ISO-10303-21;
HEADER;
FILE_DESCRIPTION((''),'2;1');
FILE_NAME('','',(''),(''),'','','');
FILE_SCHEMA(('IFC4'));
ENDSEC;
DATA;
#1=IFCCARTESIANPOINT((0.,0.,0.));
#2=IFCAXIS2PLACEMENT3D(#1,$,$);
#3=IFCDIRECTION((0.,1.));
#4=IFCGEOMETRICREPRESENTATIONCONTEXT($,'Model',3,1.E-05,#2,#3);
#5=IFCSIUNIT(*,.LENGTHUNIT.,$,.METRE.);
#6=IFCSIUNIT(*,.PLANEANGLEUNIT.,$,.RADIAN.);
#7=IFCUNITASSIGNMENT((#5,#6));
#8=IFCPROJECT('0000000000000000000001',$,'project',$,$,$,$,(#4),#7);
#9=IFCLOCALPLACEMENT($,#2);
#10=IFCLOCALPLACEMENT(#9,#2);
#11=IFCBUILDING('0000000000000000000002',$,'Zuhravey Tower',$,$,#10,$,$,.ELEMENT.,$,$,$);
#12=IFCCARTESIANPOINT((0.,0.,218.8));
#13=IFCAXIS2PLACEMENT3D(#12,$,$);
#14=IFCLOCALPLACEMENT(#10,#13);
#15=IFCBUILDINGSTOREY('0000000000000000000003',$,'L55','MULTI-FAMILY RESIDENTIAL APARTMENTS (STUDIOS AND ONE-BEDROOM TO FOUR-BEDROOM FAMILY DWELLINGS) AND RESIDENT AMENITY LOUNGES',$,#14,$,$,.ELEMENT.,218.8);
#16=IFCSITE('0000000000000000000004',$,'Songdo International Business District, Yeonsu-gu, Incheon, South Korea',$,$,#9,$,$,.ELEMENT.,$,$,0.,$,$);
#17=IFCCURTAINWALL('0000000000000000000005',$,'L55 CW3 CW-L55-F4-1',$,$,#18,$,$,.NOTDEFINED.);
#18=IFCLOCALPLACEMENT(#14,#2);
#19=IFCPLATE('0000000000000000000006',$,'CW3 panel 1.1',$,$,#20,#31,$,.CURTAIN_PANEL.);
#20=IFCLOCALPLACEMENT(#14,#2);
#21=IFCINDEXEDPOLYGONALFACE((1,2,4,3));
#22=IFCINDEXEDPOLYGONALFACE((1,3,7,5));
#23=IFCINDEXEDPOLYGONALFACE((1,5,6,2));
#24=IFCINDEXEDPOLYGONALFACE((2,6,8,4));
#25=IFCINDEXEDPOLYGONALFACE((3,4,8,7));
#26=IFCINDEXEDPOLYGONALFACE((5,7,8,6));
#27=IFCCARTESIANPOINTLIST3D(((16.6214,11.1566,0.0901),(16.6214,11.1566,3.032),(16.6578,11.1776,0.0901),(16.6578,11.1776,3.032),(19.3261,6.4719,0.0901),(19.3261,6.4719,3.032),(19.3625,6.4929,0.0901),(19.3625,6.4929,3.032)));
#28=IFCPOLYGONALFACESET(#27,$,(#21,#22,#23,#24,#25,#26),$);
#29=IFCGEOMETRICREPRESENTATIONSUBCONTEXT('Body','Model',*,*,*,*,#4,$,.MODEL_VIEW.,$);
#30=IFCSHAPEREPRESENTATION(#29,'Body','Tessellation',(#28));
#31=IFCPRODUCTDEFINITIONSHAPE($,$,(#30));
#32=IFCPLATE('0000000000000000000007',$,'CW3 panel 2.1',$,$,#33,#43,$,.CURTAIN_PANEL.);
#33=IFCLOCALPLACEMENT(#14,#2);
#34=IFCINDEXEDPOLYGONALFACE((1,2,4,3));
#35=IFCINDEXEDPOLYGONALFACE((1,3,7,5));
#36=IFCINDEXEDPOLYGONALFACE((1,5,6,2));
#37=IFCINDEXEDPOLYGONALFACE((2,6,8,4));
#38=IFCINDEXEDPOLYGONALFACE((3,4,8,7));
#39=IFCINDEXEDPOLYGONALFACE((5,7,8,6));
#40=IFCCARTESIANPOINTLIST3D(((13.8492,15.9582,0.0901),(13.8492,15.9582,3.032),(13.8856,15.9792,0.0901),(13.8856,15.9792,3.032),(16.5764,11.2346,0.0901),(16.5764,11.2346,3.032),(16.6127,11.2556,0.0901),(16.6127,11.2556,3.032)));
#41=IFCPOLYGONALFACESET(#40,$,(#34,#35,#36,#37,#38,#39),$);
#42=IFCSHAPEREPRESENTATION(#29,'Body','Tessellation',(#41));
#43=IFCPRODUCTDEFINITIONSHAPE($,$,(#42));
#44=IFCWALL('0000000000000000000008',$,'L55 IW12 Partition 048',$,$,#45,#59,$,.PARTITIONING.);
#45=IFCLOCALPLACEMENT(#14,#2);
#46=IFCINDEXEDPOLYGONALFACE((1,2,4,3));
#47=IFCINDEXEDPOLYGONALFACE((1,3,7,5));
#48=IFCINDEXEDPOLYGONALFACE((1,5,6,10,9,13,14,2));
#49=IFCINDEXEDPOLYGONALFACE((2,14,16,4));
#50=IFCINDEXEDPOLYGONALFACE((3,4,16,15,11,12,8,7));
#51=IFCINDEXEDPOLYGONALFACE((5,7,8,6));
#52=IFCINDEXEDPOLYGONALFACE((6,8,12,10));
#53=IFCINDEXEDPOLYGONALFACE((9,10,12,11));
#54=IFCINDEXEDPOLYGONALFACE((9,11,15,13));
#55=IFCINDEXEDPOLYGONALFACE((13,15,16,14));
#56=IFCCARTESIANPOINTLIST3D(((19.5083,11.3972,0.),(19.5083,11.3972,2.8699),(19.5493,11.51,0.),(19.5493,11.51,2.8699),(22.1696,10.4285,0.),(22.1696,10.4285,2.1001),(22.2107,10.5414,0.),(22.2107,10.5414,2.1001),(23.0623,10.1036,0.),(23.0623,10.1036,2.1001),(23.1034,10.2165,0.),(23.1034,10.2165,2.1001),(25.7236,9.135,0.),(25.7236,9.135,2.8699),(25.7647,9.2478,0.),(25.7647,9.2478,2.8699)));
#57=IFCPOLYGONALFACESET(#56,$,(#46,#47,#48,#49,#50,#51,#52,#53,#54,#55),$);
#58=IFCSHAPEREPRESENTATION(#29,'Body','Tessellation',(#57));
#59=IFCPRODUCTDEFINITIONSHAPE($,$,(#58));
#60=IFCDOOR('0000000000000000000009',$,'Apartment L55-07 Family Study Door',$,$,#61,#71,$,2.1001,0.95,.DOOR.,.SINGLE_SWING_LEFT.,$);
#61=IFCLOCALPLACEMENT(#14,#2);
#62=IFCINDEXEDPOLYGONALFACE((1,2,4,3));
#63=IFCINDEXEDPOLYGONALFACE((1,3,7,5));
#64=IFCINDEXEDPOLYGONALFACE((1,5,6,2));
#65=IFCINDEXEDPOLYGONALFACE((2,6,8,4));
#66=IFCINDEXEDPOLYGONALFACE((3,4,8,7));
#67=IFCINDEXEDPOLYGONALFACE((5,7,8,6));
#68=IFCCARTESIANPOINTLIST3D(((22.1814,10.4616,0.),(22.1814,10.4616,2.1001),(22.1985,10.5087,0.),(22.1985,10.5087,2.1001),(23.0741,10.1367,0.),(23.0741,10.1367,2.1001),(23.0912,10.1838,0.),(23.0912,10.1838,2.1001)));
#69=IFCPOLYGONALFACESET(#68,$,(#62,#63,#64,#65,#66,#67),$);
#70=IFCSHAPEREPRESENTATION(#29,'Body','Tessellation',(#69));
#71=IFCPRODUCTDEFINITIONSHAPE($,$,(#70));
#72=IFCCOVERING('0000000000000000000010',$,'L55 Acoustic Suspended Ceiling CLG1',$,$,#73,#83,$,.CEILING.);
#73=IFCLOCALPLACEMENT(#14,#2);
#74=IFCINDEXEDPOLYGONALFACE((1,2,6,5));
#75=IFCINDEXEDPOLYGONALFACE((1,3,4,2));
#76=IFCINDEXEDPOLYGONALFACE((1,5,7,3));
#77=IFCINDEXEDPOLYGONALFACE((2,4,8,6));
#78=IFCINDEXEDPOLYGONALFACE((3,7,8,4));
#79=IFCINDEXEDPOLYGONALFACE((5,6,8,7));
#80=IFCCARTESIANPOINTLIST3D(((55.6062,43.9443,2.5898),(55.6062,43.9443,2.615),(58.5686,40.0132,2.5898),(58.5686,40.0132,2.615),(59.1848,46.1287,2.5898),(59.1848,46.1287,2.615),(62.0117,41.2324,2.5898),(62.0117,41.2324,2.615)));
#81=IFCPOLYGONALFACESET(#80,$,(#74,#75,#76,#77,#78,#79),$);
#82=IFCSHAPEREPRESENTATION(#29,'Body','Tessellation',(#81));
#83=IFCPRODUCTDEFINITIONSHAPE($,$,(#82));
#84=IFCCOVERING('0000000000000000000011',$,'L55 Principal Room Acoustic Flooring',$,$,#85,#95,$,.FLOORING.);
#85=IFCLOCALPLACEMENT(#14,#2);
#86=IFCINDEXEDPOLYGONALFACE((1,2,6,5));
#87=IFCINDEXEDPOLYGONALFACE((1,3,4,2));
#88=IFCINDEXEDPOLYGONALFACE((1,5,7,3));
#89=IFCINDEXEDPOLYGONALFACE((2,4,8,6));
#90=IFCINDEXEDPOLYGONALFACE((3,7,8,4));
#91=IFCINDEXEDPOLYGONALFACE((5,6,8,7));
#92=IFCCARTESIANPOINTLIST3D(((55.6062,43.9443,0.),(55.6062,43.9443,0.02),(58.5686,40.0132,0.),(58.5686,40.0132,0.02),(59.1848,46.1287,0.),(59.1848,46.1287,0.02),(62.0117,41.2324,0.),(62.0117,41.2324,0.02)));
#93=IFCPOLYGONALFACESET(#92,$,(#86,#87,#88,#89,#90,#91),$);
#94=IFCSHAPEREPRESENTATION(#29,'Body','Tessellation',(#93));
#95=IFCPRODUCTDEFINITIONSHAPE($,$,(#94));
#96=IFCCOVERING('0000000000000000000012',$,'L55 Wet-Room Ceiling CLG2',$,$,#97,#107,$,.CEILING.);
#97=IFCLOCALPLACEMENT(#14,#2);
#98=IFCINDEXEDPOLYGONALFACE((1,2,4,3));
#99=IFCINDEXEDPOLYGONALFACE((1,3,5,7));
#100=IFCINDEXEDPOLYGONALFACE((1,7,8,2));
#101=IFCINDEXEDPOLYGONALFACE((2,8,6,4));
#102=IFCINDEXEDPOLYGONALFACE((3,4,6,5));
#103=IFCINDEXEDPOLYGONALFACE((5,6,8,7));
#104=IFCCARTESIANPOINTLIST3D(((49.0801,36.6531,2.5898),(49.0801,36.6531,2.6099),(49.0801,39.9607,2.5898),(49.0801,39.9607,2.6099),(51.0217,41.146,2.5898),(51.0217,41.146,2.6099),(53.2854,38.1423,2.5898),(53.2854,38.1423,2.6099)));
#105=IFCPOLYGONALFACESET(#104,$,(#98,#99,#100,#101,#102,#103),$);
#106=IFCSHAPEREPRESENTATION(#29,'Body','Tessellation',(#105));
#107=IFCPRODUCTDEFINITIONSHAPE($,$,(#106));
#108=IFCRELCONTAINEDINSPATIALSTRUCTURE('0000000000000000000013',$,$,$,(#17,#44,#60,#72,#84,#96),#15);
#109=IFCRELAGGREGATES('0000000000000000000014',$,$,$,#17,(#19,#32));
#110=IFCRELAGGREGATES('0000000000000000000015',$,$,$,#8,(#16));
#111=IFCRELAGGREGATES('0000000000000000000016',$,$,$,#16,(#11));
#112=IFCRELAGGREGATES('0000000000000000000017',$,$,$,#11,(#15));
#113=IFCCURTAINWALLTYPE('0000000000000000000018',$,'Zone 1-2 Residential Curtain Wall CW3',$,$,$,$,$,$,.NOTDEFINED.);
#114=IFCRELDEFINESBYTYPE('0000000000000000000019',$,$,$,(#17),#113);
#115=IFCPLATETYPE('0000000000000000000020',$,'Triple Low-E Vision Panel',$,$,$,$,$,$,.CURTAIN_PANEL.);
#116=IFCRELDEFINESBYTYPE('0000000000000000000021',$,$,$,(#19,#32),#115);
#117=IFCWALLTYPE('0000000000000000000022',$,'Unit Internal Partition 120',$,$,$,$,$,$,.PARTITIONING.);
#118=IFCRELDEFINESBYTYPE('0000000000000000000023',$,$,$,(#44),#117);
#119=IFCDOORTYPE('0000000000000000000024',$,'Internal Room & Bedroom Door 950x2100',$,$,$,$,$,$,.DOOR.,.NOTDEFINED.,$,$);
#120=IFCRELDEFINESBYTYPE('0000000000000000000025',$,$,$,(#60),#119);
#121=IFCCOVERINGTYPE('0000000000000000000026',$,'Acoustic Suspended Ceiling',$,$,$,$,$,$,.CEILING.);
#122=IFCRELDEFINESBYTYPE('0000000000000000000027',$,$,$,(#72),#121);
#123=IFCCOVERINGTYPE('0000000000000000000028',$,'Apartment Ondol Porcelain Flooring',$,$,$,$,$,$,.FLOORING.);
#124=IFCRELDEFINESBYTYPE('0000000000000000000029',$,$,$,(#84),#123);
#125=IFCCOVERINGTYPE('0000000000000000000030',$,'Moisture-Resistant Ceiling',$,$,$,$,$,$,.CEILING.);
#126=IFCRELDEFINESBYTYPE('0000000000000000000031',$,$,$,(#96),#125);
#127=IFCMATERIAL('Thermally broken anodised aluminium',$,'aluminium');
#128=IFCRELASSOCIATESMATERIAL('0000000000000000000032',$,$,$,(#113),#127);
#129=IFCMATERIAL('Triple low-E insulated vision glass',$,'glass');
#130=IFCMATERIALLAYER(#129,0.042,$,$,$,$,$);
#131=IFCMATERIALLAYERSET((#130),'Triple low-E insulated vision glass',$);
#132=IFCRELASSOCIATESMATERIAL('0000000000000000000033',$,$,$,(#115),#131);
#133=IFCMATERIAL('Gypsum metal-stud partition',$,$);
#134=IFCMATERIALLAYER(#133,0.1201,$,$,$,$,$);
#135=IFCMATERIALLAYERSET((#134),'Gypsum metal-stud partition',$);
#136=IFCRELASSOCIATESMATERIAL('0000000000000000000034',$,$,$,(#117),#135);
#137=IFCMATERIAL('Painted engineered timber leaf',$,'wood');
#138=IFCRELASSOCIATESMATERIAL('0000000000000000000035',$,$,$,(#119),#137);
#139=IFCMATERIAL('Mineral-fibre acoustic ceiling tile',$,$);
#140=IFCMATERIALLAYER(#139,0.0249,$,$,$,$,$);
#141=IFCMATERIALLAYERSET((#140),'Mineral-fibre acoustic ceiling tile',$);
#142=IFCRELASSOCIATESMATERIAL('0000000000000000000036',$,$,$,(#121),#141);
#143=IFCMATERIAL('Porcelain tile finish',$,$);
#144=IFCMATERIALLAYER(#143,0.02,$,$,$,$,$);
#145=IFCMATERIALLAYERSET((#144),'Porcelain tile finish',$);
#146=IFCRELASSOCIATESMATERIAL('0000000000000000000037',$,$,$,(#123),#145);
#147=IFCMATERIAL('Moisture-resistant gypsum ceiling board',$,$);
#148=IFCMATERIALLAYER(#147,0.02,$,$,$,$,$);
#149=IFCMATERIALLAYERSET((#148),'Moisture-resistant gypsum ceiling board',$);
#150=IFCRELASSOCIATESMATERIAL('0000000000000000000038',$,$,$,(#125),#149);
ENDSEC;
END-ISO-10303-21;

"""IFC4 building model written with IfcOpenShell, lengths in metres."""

from ifc_helpers import new_model, si_unit, direction, frame, frame_2d, origin, origin_2d, place, context, subcontext, project, spatial, polyline, rectangle, outline, extrude, material, layer, layer_set, type_object, element, fill, aggregate, save


model = new_model("IFC4")

# Units and contexts
model_context = context("Model", 3, precision=1e-05, world=origin(), true_north=direction((0.0, 1.0)))
body_context = subcontext(model_context, "Body", "Model", "MODEL_VIEW")
ifc_project = project(units=[si_unit("LENGTHUNIT", "METRE"), si_unit("PLANEANGLEUNIT", "RADIAN")], contexts=[model_context])

# Site, building, storey
site_placement = place(None, origin())
site = spatial("IfcSite", under=ifc_project, at=site_placement, Name="Songdo International Business District, Yeonsu-gu, Incheon, South Korea", CompositionType="ELEMENT", RefElevation=0.0)
building_placement = place(site_placement, origin())
building = spatial("IfcBuilding", under=site, at=building_placement, Name="Zuhravey Tower", CompositionType="ELEMENT")
storey_placement = place(building_placement, frame((0.0, 0.0, 218.8)))
storey = spatial("IfcBuildingStorey", under=building, at=storey_placement, Name="L55", Description="MULTI-FAMILY RESIDENTIAL APARTMENTS (STUDIOS AND ONE-BEDROOM TO FOUR-BEDROOM FAMILY DWELLINGS) AND RESIDENT AMENITY LOUNGES", CompositionType="ELEMENT", Elevation=218.8)

# Curtain wall
ifc_material_1 = material(Name="Thermally broken anodised aluminium", Category="aluminium")
curtain_wall_type = type_object("IfcCurtainWallType", Name="Zone 1-2 Residential Curtain Wall CW3", PredefinedType="NOTDEFINED", material=ifc_material_1)
curtain_wall_placement = place(storey_placement, origin())
curtain_wall = element("IfcCurtainWall", 1, at=curtain_wall_placement, inside=storey, type_object=curtain_wall_type, Name="L55 CW3 CW-L55-F4-1", PredefinedType="NOTDEFINED")

# Plates
ifc_material_2 = material(Name="Triple low-E insulated vision glass", Category="glass")
ifc_layer_1 = layer(ifc_material_2, 0.042)
ifc_layer_set_1 = layer_set([ifc_layer_1], Name="Triple low-E insulated vision glass")
plate_type = type_object("IfcPlateType", Name="Triple Low-E Vision Panel", PredefinedType="CURTAIN_PANEL", material=ifc_layer_set_1)
plate_1_placement = place(storey_placement, frame((17.9919, 8.8247, 0.0901), z_axis=(0.0, 0.0, 1.0), x_axis=(-0.5, 0.866025, 0.0)))
plate_1 = element("IfcPlate", 2, at=plate_1_placement, type_object=plate_type, Name="CW3 panel 1.1", PredefinedType="CURTAIN_PANEL", context=body_context, shape_type="SweptSolid", body=[
    extrude(rectangle(XDim=5.4094, YDim=0.042, at=origin_2d()), origin(), (0.0, 0.0, 1.0), 2.9419),
])
plate_2_placement = place(storey_placement, frame((15.231, 13.6069, 0.0901), z_axis=(0.0, 0.0, 1.0), x_axis=(-0.5, 0.866025, 0.0)))
plate_2 = element("IfcPlate", 3, at=plate_2_placement, type_object=plate_type, Name="CW3 panel 2.1", PredefinedType="CURTAIN_PANEL", context=body_context, shape_type="SweptSolid", body=[
    extrude(rectangle(XDim=5.4543, YDim=0.042, at=origin_2d()), origin(), (0.0, 0.0, 1.0), 2.9419),
])
aggregate(curtain_wall, [plate_1, plate_2])

# Wall, opening, door
ifc_material_3 = material(Name="Gypsum metal-stud partition")
ifc_layer_2 = layer(ifc_material_3, 0.1201)
ifc_layer_set_2 = layer_set([ifc_layer_2], Name="Gypsum metal-stud partition")
wall_type = type_object("IfcWallType", Name="Unit Internal Partition 120", PredefinedType="PARTITIONING", material=ifc_layer_set_2)
wall_placement = place(storey_placement, frame((19.5288, 11.4536, 0.0), z_axis=(0.0, 0.0, 1.0), x_axis=(0.939692, -0.342022, 0.0)))
wall = element("IfcWall", 4, at=wall_placement, inside=storey, type_object=wall_type, Name="L55 IW12 Partition 048", PredefinedType="PARTITIONING", context=body_context, shape_type="SweptSolid", body=[
    extrude(rectangle(XDim=6.6143, YDim=0.1201, at=frame_2d((3.3071, 0.0))), origin(), (0.0, 0.0, 1.0), 2.8699),
])
opening_placement = place(wall_placement, frame((2.832, 0.0, 0.0)))
opening = element("IfcOpeningElement", 5, at=opening_placement, cuts=wall, PredefinedType="OPENING", context=body_context, shape_type="SweptSolid", body=[
    extrude(rectangle(XDim=0.95, YDim=2.1001, at=frame_2d((0.4751, 1.05))), frame((0.0, 0.072, 0.0), z_axis=(0.0, -1.0, 0.0), x_axis=(1.0, 0.0, 0.0)), (0.0, 0.0, 1.0), 0.144),
])
ifc_material_4 = material(Name="Painted engineered timber leaf", Category="wood")
door_type = type_object("IfcDoorType", Name="Internal Room & Bedroom Door 950x2100", OperationType="NOTDEFINED", PredefinedType="DOOR", material=ifc_material_4)
door_placement = place(opening_placement, frame((0.95, 0.0, 0.0), z_axis=(0.0, 0.0, 1.0), x_axis=(-1.0, 0.0, 0.0)))
door = element("IfcDoor", 6, at=door_placement, inside=storey, type_object=door_type, Name="Apartment L55-07 Family Study Door", OperationType="SINGLE_SWING_LEFT", OverallHeight=2.1001, OverallWidth=0.95, PredefinedType="DOOR", context=body_context, shape_type="SweptSolid", body=[
    extrude(rectangle(XDim=0.95, YDim=2.1001, at=frame_2d((0.4751, 1.05))), frame((0.0, 0.0249, 0.0), z_axis=(0.0, -1.0, 0.0), x_axis=(1.0, 0.0, 0.0)), (0.0, 0.0, 1.0), 0.05),
])
fill(opening, door)

# Coverings
ifc_material_5 = material(Name="Mineral-fibre acoustic ceiling tile")
ifc_layer_3 = layer(ifc_material_5, 0.0249)
ifc_layer_set_3 = layer_set([ifc_layer_3], Name="Mineral-fibre acoustic ceiling tile")
covering_type_1 = type_object("IfcCoveringType", Name="Acoustic Suspended Ceiling", PredefinedType="CEILING", material=ifc_layer_set_3)
covering_1_placement = place(storey_placement, frame((0.0, 0.0, 2.5898)))
element("IfcCovering", 7, at=covering_1_placement, inside=storey, type_object=covering_type_1, Name="L55 Acoustic Suspended Ceiling CLG1", PredefinedType="CEILING", context=body_context, shape_type="SweptSolid", body=[
    extrude(outline(polyline([(62.0117, 41.2324), (58.5686, 40.0132), (55.6062, 43.9443), (59.1848, 46.1287), (62.0117, 41.2324)])), origin(), (0.0, 0.0, 1.0), 0.0251),
])
ifc_material_6 = material(Name="Porcelain tile finish")
ifc_layer_4 = layer(ifc_material_6, 0.02)
ifc_layer_set_4 = layer_set([ifc_layer_4], Name="Porcelain tile finish")
covering_type_2 = type_object("IfcCoveringType", Name="Apartment Ondol Porcelain Flooring", PredefinedType="FLOORING", material=ifc_layer_set_4)
covering_2_placement = place(storey_placement, origin())
element("IfcCovering", 8, at=covering_2_placement, inside=storey, type_object=covering_type_2, Name="L55 Principal Room Acoustic Flooring", PredefinedType="FLOORING", context=body_context, shape_type="SweptSolid", body=[
    extrude(outline(polyline([(62.0117, 41.2324), (58.5686, 40.0132), (55.6062, 43.9443), (59.1848, 46.1287), (62.0117, 41.2324)])), origin(), (0.0, 0.0, 1.0), 0.02),
])
ifc_material_7 = material(Name="Moisture-resistant gypsum ceiling board")
ifc_layer_5 = layer(ifc_material_7, 0.02)
ifc_layer_set_5 = layer_set([ifc_layer_5], Name="Moisture-resistant gypsum ceiling board")
covering_type_3 = type_object("IfcCoveringType", Name="Moisture-Resistant Ceiling", PredefinedType="CEILING", material=ifc_layer_set_5)
covering_3_placement = place(storey_placement, frame((0.0, 0.0, 2.5898)))
element("IfcCovering", 9, at=covering_3_placement, inside=storey, type_object=covering_type_3, Name="L55 Wet-Room Ceiling CLG2", PredefinedType="CEILING", context=body_context, shape_type="SweptSolid", body=[
    extrude(outline(polyline([(51.0217, 41.146), (53.2854, 38.1423), (49.0801, 36.6531), (49.0801, 39.9607), (51.0217, 41.146)])), origin(), (0.0, 0.0, 1.0), 0.02),
])

save(model, "model.ifc")
